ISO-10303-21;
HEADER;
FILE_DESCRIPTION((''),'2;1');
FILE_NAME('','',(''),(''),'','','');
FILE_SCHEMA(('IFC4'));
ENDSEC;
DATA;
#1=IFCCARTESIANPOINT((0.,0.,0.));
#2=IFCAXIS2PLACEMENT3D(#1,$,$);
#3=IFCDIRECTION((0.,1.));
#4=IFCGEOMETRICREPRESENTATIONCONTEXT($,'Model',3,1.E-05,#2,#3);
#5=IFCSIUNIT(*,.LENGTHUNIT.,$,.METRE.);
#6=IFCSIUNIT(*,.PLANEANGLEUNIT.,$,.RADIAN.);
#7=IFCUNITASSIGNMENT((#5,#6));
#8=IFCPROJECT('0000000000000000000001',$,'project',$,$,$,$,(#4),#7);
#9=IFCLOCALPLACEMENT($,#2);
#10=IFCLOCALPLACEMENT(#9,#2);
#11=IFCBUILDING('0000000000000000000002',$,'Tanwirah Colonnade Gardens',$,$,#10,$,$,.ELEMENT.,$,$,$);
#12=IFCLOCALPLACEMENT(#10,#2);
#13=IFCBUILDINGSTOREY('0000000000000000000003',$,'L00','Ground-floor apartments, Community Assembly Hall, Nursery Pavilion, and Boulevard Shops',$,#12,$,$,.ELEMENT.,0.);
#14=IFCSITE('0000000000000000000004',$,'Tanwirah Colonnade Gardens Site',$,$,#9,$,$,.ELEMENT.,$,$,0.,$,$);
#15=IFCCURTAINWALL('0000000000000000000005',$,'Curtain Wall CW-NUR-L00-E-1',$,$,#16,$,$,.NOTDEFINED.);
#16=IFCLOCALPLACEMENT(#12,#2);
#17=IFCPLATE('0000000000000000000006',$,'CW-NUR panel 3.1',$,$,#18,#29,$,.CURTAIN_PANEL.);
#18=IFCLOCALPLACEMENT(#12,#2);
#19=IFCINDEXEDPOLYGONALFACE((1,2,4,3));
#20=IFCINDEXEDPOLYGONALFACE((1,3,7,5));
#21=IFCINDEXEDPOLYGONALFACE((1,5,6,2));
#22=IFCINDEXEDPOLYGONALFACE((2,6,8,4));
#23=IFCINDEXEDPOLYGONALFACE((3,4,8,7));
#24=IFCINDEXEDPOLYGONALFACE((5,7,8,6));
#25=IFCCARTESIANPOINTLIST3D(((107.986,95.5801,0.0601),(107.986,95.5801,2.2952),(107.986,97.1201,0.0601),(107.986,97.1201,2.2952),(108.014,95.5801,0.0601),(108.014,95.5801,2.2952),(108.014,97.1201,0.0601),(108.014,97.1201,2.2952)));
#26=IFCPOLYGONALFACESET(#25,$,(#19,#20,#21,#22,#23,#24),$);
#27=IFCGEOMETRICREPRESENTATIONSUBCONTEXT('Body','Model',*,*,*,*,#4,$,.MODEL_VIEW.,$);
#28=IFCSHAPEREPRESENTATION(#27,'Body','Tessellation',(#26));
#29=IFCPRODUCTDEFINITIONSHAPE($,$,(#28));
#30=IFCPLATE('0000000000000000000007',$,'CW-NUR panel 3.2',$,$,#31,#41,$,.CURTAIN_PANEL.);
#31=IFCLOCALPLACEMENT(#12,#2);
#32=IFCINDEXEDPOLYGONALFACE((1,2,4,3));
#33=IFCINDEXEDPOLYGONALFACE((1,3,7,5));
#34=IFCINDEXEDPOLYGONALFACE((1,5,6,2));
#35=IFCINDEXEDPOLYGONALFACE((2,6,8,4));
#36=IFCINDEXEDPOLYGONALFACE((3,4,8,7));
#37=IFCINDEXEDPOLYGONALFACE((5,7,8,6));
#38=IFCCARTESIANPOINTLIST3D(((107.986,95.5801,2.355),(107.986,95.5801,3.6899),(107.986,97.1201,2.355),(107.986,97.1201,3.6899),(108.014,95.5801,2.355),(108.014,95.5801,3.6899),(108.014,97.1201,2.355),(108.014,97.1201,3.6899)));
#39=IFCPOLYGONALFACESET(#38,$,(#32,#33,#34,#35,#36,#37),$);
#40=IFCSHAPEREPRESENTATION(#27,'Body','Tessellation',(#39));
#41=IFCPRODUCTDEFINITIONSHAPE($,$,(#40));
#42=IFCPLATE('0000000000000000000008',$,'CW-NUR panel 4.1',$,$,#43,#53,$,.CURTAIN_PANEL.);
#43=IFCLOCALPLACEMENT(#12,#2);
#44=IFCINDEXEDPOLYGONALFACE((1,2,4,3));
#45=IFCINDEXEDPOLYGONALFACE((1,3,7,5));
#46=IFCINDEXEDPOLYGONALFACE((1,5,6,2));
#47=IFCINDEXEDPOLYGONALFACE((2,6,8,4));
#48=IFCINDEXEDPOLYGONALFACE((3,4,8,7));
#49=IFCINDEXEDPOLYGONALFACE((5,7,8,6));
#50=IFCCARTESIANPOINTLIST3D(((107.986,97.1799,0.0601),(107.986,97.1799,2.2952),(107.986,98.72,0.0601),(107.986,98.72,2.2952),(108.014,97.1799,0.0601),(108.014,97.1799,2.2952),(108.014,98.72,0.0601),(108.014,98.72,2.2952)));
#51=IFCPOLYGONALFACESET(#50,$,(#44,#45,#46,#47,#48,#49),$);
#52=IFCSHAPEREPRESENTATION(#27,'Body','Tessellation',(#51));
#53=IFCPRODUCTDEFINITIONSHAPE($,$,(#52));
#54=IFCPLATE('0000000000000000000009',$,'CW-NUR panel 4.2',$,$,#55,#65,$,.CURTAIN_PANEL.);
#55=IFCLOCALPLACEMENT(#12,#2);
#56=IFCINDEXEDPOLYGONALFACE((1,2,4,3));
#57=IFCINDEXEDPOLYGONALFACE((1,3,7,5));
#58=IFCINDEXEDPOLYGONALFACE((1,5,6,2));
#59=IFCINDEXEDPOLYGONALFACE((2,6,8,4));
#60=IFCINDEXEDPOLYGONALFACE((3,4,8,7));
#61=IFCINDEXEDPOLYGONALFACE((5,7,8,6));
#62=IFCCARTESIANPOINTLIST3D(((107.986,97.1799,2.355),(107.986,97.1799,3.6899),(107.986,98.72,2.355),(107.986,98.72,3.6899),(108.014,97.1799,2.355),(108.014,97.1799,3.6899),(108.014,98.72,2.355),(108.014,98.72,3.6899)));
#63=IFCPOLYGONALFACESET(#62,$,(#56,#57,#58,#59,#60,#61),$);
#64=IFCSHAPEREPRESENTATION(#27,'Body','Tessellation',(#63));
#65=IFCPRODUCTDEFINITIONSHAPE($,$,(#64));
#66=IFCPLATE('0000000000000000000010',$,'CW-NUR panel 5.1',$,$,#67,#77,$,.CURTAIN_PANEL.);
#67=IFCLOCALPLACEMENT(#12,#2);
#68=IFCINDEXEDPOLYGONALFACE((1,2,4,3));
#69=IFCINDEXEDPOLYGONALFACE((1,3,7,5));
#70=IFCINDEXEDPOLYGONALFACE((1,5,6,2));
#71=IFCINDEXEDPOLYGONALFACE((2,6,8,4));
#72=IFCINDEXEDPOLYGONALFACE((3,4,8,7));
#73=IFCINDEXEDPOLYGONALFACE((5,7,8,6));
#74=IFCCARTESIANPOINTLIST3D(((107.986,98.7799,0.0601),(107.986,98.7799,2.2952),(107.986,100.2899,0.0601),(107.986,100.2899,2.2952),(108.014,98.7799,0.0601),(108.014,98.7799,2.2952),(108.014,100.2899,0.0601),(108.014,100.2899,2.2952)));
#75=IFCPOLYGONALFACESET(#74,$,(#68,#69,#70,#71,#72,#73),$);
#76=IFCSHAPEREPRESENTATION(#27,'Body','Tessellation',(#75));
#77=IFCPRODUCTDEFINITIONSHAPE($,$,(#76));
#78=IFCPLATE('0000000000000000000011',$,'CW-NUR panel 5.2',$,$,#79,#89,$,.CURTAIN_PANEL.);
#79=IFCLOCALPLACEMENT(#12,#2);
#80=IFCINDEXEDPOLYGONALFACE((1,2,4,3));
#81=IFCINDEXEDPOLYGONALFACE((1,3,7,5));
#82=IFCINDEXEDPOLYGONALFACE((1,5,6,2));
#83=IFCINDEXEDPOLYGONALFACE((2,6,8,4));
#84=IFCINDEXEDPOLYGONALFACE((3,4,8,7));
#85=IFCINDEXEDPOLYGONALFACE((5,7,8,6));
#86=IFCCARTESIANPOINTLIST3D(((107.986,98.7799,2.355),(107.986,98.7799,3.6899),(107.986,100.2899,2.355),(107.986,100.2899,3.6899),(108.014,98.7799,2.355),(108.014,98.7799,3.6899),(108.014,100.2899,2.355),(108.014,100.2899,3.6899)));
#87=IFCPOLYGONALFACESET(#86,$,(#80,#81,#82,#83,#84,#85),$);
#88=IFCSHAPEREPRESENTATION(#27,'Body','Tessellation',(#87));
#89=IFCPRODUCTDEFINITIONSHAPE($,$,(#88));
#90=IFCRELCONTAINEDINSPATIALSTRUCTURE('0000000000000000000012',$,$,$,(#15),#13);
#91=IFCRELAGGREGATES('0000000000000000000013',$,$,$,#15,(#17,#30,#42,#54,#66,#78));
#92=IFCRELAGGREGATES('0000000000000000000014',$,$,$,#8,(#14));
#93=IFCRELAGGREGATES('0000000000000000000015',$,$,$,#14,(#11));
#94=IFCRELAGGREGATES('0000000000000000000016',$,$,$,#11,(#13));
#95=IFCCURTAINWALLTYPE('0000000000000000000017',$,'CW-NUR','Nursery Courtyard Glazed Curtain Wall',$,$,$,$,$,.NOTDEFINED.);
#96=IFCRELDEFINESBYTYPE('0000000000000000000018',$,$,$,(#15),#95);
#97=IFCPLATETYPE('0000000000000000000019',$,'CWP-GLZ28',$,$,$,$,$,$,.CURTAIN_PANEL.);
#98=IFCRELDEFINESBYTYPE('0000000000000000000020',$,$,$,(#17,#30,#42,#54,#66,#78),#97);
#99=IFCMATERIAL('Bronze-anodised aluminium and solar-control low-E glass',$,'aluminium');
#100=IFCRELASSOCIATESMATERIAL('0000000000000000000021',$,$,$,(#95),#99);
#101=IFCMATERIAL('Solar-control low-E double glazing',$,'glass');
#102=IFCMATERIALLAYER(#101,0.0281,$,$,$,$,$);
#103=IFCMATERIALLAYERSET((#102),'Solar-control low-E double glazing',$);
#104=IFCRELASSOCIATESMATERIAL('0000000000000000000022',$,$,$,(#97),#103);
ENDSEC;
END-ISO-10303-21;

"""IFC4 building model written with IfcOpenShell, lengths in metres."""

from ifc_helpers import new_model, si_unit, direction, frame, origin, origin_2d, place, context, subcontext, project, spatial, rectangle, extrude, material, layer, layer_set, type_object, element, aggregate, save


model = new_model("IFC4")

# Units and contexts
model_context = context("Model", 3, precision=1e-05, world=origin(), true_north=direction((0.0, 1.0)))
body_context = subcontext(model_context, "Body", "Model", "MODEL_VIEW")
ifc_project = project(units=[si_unit("LENGTHUNIT", "METRE"), si_unit("PLANEANGLEUNIT", "RADIAN")], contexts=[model_context])

# Site, building, storey
site_placement = place(None, origin())
site = spatial("IfcSite", under=ifc_project, at=site_placement, Name="Tanwirah Colonnade Gardens Site", CompositionType="ELEMENT", RefElevation=0.0)
building_placement = place(site_placement, origin())
building = spatial("IfcBuilding", under=site, at=building_placement, Name="Tanwirah Colonnade Gardens", CompositionType="ELEMENT")
storey_placement = place(building_placement, origin())
storey = spatial("IfcBuildingStorey", under=building, at=storey_placement, Name="L00", Description="Ground-floor apartments, Community Assembly Hall, Nursery Pavilion, and Boulevard Shops", CompositionType="ELEMENT", Elevation=0.0)

# Curtain wall
ifc_material_1 = material(Name="Bronze-anodised aluminium and solar-control low-E glass", Category="aluminium")
curtain_wall_type = type_object("IfcCurtainWallType", Name="CW-NUR", Description="Nursery Courtyard Glazed Curtain Wall", PredefinedType="NOTDEFINED", material=ifc_material_1)
curtain_wall_placement = place(storey_placement, origin())
curtain_wall = element("IfcCurtainWall", 1, at=curtain_wall_placement, inside=storey, type_object=curtain_wall_type, Name="Curtain Wall CW-NUR-L00-E-1", PredefinedType="NOTDEFINED")

# Plates
ifc_material_2 = material(Name="Solar-control low-E double glazing", Category="glass")
ifc_layer_1 = layer(ifc_material_2, 0.0281)
ifc_layer_set_1 = layer_set([ifc_layer_1], Name="Solar-control low-E double glazing")
plate_type = type_object("IfcPlateType", Name="CWP-GLZ28", PredefinedType="CURTAIN_PANEL", material=ifc_layer_set_1)
plate_1_placement = place(storey_placement, frame((108.0, 96.3501, 0.0601), z_axis=(0.0, 0.0, 1.0), x_axis=(0.0, 1.0, 0.0)))
plate_1 = element("IfcPlate", 2, at=plate_1_placement, type_object=plate_type, Name="CW-NUR panel 3.1", PredefinedType="CURTAIN_PANEL", context=body_context, shape_type="SweptSolid", body=[
    extrude(rectangle(XDim=1.54, YDim=0.0281, at=origin_2d()), origin(), (0.0, 0.0, 1.0), 2.2351),
])
plate_2_placement = place(storey_placement, frame((108.0, 96.3501, 2.355), z_axis=(0.0, 0.0, 1.0), x_axis=(0.0, 1.0, 0.0)))
plate_2 = element("IfcPlate", 3, at=plate_2_placement, type_object=plate_type, Name="CW-NUR panel 3.2", PredefinedType="CURTAIN_PANEL", context=body_context, shape_type="SweptSolid", body=[
    extrude(rectangle(XDim=1.54, YDim=0.0281, at=origin_2d()), origin(), (0.0, 0.0, 1.0), 1.335),
])
plate_3_placement = place(storey_placement, frame((108.0, 97.95, 0.0601), z_axis=(0.0, 0.0, 1.0), x_axis=(0.0, 1.0, 0.0)))
plate_3 = element("IfcPlate", 4, at=plate_3_placement, type_object=plate_type, Name="CW-NUR panel 4.1", PredefinedType="CURTAIN_PANEL", context=body_context, shape_type="SweptSolid", body=[
    extrude(rectangle(XDim=1.54, YDim=0.0281, at=origin_2d()), origin(), (0.0, 0.0, 1.0), 2.2351),
])
plate_4_placement = place(storey_placement, frame((108.0, 97.95, 2.355), z_axis=(0.0, 0.0, 1.0), x_axis=(0.0, 1.0, 0.0)))
plate_4 = element("IfcPlate", 5, at=plate_4_placement, type_object=plate_type, Name="CW-NUR panel 4.2", PredefinedType="CURTAIN_PANEL", context=body_context, shape_type="SweptSolid", body=[
    extrude(rectangle(XDim=1.54, YDim=0.0281, at=origin_2d()), origin(), (0.0, 0.0, 1.0), 1.335),
])
plate_5_placement = place(storey_placement, frame((108.0, 99.5349, 0.0601), z_axis=(0.0, 0.0, 1.0), x_axis=(0.0, 1.0, 0.0)))
plate_5 = element("IfcPlate", 6, at=plate_5_placement, type_object=plate_type, Name="CW-NUR panel 5.1", PredefinedType="CURTAIN_PANEL", context=body_context, shape_type="SweptSolid", body=[
    extrude(rectangle(XDim=1.51, YDim=0.0281, at=origin_2d()), origin(), (0.0, 0.0, 1.0), 2.2351),
])
plate_6_placement = place(storey_placement, frame((108.0, 99.5349, 2.355), z_axis=(0.0, 0.0, 1.0), x_axis=(0.0, 1.0, 0.0)))
plate_6 = element("IfcPlate", 7, at=plate_6_placement, type_object=plate_type, Name="CW-NUR panel 5.2", PredefinedType="CURTAIN_PANEL", context=body_context, shape_type="SweptSolid", body=[
    extrude(rectangle(XDim=1.51, YDim=0.0281, at=origin_2d()), origin(), (0.0, 0.0, 1.0), 1.335),
])
aggregate(curtain_wall, [plate_1, plate_2, plate_3, plate_4, plate_5, plate_6])

save(model, "model.ifc")
